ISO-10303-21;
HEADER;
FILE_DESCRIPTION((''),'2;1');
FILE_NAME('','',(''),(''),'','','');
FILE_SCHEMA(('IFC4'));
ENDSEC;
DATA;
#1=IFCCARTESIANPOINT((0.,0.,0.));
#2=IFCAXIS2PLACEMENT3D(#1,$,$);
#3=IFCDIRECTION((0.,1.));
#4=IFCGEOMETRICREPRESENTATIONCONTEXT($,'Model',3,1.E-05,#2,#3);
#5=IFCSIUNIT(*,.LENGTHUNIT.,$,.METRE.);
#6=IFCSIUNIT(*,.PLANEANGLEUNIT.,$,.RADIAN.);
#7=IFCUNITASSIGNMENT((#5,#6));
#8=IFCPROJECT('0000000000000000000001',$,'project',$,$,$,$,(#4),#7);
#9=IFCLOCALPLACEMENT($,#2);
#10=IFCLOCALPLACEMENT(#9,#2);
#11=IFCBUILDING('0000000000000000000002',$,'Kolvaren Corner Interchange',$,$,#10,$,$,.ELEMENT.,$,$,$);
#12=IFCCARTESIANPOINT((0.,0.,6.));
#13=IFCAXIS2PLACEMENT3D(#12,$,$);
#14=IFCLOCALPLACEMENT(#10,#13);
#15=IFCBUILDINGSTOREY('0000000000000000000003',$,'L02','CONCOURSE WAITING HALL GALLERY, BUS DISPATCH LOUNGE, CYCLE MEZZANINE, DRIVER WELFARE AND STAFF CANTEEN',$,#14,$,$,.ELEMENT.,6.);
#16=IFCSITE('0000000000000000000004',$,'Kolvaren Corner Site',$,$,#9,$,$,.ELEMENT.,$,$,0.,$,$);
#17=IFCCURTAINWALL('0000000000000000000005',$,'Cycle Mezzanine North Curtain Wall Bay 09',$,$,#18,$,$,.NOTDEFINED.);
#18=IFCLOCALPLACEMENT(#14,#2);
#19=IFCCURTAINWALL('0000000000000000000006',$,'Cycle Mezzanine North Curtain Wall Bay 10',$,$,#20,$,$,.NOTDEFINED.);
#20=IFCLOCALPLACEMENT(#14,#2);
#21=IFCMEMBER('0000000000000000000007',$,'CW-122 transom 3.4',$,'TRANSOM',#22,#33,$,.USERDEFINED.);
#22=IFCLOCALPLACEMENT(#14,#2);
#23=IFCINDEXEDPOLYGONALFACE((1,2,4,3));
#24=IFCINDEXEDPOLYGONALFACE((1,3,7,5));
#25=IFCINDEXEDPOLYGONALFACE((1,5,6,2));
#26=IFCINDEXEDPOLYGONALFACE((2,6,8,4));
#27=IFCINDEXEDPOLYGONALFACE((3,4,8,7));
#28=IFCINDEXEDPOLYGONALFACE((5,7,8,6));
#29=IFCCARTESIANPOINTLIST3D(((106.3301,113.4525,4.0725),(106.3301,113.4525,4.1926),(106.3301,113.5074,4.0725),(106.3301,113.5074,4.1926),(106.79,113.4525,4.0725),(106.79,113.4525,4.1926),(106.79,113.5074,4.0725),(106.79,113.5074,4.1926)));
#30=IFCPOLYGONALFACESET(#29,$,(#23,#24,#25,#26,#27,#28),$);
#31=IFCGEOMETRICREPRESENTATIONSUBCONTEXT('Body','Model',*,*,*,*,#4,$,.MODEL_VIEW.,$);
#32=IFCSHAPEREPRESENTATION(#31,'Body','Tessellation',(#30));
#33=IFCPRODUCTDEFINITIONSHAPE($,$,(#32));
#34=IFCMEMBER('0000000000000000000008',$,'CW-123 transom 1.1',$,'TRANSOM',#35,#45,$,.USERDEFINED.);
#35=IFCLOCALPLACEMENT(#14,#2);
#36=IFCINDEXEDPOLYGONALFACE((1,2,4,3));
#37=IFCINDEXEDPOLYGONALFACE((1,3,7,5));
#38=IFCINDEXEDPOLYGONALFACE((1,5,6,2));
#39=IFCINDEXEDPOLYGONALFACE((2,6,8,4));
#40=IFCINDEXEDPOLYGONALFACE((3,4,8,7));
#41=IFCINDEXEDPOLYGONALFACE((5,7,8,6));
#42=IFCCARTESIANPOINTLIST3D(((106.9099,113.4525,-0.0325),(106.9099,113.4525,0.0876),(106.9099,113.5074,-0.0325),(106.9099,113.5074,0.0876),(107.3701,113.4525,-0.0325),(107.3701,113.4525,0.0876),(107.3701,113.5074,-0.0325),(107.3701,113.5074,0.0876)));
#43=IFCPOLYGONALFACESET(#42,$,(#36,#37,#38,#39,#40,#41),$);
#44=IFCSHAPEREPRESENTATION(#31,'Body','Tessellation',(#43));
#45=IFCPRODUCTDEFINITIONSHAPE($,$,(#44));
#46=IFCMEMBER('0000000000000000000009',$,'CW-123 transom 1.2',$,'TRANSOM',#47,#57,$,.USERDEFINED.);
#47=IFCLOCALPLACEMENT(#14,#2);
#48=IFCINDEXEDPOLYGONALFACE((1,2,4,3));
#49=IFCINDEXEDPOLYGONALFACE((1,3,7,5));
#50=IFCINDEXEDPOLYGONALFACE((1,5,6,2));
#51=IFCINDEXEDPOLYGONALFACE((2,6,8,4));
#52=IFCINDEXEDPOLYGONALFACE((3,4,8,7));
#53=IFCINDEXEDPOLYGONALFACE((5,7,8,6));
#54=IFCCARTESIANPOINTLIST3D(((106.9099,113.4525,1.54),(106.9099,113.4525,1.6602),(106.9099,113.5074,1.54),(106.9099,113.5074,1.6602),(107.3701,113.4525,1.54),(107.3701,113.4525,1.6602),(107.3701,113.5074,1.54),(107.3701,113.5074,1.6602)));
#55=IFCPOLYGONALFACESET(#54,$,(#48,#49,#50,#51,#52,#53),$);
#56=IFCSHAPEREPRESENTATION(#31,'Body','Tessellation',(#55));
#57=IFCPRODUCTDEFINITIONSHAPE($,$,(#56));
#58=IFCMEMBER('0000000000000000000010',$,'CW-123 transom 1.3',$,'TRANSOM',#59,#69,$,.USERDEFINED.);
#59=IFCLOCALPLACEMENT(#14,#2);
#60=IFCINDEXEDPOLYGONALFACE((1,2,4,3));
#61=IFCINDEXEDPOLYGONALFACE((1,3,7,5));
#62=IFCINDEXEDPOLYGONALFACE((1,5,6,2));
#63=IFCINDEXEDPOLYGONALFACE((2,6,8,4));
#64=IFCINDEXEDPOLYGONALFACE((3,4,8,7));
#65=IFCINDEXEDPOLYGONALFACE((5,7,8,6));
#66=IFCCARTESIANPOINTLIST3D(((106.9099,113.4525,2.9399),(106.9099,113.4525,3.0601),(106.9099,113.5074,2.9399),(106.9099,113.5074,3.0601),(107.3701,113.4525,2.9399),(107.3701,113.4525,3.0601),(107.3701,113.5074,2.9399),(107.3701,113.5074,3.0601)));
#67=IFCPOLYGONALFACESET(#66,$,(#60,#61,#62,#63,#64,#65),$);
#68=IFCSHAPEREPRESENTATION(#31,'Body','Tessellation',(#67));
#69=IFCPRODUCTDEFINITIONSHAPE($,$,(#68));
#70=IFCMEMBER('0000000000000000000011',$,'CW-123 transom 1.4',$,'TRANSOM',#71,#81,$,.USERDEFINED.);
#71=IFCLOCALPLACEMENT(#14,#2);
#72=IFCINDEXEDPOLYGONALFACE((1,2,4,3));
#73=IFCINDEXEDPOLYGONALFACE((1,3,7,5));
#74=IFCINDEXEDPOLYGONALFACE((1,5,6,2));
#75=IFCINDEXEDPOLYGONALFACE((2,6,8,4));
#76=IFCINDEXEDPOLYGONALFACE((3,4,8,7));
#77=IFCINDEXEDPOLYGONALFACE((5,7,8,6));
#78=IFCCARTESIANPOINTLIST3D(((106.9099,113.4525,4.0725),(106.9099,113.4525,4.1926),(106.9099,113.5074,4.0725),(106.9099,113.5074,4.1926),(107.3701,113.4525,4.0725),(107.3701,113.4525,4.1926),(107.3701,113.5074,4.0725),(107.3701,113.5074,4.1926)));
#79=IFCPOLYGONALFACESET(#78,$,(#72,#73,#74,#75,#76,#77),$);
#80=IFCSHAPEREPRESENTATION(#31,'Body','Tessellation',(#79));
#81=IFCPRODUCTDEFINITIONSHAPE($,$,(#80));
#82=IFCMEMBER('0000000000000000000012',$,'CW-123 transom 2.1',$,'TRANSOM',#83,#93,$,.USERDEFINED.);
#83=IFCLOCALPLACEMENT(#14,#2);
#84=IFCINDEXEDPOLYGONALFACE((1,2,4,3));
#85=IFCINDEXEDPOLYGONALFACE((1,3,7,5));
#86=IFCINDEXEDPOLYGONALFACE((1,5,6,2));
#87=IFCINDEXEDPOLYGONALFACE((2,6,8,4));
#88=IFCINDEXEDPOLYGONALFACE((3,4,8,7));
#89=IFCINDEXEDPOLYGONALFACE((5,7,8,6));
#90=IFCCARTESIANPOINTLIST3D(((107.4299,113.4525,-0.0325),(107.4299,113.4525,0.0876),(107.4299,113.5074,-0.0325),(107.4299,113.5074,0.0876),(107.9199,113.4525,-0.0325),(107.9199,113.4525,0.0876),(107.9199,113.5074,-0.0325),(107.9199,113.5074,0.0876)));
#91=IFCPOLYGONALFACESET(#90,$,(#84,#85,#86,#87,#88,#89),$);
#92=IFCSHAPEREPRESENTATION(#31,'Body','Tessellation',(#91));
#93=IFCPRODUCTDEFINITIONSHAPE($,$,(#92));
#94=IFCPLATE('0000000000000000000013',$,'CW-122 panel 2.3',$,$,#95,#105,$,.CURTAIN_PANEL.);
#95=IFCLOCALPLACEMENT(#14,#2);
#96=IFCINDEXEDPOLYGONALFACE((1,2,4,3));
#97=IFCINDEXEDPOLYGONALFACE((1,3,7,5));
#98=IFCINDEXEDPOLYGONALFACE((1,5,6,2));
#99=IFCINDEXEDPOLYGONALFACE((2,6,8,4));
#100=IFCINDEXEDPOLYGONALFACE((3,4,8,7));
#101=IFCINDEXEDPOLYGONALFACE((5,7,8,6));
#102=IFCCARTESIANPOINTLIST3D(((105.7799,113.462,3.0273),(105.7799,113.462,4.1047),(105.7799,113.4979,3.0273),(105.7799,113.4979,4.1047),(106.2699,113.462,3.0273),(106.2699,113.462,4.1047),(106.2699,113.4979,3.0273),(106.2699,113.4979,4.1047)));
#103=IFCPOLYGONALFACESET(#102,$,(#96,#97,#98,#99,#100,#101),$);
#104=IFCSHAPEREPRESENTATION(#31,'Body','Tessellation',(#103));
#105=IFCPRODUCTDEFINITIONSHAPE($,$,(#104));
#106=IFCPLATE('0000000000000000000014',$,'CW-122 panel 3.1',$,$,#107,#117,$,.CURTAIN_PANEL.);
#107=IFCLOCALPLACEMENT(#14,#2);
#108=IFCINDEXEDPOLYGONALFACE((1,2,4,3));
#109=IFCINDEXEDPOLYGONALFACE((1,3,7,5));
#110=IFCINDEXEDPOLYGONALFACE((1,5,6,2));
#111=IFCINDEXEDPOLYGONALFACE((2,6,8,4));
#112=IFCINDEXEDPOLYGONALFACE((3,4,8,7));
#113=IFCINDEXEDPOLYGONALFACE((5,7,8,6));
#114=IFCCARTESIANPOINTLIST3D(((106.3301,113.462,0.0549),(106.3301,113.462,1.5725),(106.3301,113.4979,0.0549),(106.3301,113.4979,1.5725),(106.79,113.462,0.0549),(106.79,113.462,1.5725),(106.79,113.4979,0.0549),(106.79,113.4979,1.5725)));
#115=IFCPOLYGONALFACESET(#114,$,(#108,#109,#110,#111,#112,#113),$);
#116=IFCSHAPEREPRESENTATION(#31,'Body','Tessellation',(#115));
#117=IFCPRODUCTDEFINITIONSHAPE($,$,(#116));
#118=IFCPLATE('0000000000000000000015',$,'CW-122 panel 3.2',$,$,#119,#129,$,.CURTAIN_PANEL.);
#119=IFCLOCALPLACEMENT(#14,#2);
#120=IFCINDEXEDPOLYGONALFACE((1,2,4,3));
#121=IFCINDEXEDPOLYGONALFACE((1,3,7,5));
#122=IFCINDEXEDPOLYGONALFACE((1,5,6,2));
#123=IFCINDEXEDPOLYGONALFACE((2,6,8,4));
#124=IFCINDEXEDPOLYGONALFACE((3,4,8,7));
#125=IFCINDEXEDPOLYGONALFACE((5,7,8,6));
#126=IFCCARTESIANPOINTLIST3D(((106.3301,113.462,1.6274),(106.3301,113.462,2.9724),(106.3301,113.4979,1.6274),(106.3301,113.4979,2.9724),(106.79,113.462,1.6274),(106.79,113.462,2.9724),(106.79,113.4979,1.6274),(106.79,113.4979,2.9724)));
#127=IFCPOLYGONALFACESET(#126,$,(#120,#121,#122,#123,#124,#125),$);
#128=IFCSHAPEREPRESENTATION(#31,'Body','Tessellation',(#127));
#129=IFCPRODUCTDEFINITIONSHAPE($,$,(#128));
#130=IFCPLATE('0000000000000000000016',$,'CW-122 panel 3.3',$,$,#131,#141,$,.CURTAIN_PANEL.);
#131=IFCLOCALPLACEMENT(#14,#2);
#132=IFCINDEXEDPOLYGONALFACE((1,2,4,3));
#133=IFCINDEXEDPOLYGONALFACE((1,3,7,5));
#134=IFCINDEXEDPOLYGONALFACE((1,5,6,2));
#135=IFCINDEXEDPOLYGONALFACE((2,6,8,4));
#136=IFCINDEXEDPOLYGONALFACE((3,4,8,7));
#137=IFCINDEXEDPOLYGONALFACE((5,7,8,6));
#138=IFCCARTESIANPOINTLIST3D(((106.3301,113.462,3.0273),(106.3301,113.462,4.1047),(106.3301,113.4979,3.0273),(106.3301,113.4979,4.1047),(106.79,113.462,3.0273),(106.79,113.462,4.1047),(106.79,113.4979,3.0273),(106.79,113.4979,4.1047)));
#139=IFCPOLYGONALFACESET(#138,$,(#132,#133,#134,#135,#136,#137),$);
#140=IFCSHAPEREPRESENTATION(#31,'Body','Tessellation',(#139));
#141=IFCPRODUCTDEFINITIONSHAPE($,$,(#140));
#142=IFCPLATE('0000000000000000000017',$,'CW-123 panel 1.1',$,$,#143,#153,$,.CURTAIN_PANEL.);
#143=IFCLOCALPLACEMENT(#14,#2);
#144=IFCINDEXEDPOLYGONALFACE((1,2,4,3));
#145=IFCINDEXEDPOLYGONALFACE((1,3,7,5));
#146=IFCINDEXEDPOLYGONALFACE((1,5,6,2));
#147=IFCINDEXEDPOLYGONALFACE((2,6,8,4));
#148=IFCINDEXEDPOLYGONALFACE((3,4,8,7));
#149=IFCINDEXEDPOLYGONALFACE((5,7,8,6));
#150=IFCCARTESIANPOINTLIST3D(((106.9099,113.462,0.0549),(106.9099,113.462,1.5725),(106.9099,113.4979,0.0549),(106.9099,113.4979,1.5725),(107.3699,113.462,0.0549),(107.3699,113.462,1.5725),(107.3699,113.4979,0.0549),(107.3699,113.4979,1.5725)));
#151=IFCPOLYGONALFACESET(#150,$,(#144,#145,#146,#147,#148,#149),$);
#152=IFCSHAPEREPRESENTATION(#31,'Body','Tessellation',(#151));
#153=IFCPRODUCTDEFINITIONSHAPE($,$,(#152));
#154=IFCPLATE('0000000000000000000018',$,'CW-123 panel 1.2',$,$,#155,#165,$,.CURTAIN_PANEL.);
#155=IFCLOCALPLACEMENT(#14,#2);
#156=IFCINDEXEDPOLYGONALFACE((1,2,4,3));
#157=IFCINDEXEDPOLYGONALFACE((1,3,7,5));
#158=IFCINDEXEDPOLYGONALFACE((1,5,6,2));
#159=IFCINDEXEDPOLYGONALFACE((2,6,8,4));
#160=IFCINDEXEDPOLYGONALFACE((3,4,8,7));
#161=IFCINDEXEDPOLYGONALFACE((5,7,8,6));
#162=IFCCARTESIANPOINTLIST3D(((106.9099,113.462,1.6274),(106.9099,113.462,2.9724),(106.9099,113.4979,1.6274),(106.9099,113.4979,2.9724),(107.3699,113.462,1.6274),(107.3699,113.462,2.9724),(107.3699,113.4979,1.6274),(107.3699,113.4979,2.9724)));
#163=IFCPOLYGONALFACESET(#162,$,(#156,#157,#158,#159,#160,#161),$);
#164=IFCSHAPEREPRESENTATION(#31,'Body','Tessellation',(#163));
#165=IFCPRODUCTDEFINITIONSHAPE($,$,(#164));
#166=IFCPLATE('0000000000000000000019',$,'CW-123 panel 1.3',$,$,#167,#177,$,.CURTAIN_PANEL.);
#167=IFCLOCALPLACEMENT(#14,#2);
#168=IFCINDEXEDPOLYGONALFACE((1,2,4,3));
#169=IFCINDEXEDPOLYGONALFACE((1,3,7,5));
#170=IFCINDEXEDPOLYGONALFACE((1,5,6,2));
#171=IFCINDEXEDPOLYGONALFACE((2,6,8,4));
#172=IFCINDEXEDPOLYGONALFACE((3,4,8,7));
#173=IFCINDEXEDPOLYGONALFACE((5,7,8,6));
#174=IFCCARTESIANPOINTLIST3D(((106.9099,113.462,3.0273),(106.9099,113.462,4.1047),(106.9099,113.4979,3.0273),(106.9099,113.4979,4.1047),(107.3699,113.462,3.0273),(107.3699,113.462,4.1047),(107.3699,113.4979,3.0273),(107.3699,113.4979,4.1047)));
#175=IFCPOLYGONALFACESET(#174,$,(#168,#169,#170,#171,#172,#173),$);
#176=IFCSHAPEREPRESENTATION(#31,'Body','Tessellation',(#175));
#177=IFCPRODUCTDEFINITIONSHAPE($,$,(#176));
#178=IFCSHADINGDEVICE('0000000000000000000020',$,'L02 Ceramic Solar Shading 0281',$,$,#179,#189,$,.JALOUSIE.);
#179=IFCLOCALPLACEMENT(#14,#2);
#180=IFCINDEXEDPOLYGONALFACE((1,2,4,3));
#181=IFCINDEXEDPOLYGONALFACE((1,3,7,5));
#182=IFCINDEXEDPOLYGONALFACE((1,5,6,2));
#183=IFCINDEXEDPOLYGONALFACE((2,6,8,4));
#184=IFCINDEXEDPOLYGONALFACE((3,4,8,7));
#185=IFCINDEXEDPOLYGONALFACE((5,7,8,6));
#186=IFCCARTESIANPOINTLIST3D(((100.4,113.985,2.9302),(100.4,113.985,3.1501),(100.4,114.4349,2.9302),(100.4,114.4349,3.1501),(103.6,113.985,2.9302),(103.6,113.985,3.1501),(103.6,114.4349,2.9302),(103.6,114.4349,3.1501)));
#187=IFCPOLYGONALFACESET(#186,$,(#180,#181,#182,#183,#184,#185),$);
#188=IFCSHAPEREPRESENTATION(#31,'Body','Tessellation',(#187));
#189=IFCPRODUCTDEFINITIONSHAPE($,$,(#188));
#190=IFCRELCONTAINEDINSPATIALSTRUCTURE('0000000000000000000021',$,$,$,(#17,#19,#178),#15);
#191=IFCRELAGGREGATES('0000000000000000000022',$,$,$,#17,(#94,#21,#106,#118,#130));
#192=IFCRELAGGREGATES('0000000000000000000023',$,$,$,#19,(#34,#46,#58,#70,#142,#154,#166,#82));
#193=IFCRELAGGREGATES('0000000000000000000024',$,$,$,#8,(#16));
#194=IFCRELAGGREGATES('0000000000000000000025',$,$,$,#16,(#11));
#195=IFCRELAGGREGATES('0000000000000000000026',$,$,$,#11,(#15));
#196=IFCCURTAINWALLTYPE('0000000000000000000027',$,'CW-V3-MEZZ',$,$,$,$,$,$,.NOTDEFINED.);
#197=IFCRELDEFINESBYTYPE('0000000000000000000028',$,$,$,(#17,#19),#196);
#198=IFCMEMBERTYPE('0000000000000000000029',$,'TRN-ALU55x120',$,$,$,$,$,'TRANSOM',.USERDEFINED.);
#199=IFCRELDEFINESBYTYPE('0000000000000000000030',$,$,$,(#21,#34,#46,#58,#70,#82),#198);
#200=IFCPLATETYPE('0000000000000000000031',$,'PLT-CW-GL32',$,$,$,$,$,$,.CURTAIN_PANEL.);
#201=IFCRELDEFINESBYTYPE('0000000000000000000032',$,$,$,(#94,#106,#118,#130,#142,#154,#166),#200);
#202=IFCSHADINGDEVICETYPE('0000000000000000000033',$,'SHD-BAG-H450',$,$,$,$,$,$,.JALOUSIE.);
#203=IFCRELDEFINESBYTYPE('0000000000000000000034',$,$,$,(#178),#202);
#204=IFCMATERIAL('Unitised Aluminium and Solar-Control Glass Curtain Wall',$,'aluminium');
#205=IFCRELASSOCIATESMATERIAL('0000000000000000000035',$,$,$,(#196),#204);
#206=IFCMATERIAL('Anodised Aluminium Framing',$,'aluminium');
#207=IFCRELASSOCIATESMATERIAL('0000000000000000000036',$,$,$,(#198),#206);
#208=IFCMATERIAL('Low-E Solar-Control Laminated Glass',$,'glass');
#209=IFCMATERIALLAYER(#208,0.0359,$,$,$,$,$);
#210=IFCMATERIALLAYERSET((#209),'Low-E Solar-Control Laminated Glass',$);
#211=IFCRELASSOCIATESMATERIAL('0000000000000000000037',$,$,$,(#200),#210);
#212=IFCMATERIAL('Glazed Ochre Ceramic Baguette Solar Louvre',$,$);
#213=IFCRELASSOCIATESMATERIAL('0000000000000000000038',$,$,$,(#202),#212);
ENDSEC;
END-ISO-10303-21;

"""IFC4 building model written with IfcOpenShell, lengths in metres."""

from ifc_helpers import new_model, si_unit, direction, frame, origin, origin_2d, place, context, subcontext, project, spatial, rectangle, extrude, material, layer, layer_set, material_profile, profile_set, type_object, element, aggregate, save


model = new_model("IFC4")

# Units and contexts
model_context = context("Model", 3, precision=1e-05, world=origin(), true_north=direction((0.0, 1.0)))
body_context = subcontext(model_context, "Body", "Model", "MODEL_VIEW")
ifc_project = project(units=[si_unit("LENGTHUNIT", "METRE"), si_unit("PLANEANGLEUNIT", "RADIAN")], contexts=[model_context])

# Site, building, storey
site_placement = place(None, origin())
site = spatial("IfcSite", under=ifc_project, at=site_placement, Name="Kolvaren Corner Site", CompositionType="ELEMENT", RefElevation=0.0)
building_placement = place(site_placement, origin())
building = spatial("IfcBuilding", under=site, at=building_placement, Name="Kolvaren Corner Interchange", CompositionType="ELEMENT")
storey_placement = place(building_placement, frame((0.0, 0.0, 6.0)))
storey = spatial("IfcBuildingStorey", under=building, at=storey_placement, Name="L02", Description="CONCOURSE WAITING HALL GALLERY, BUS DISPATCH LOUNGE, CYCLE MEZZANINE, DRIVER WELFARE AND STAFF CANTEEN", CompositionType="ELEMENT", Elevation=6.0)

# Curtain walls
ifc_material_1 = material(Name="Unitised Aluminium and Solar-Control Glass Curtain Wall", Category="aluminium")
curtain_wall_type = type_object("IfcCurtainWallType", Name="CW-V3-MEZZ", PredefinedType="NOTDEFINED", material=ifc_material_1)
curtain_wall_1_placement = place(storey_placement, origin())
curtain_wall_1 = element("IfcCurtainWall", 1, at=curtain_wall_1_placement, inside=storey, type_object=curtain_wall_type, Name="Cycle Mezzanine North Curtain Wall Bay 09", PredefinedType="NOTDEFINED")
curtain_wall_2_placement = place(storey_placement, origin())
curtain_wall_2 = element("IfcCurtainWall", 2, at=curtain_wall_2_placement, inside=storey, type_object=curtain_wall_type, Name="Cycle Mezzanine North Curtain Wall Bay 10", PredefinedType="NOTDEFINED")

# Members
ifc_material_2 = material(Name="Anodised Aluminium Framing", Category="aluminium")
ifc_material_profile_1 = material_profile(ifc_material_2, rectangle(XDim=0.0549, YDim=0.1201, at=origin_2d()), Name="ALU 55x120")
ifc_profile_set_1 = profile_set([ifc_material_profile_1], Name="Anodised Aluminium Framing")
member_type_1 = type_object("IfcMemberType", Name="TRN-ALU55x120", ElementType="TRANSOM", PredefinedType="USERDEFINED", material=ifc_profile_set_1)
member_1_placement = place(storey_placement, frame((106.3301, 113.48, 4.1326), z_axis=(1.0, 0.0, 0.0), x_axis=(0.0, 1.0, 0.0)))
member_1 = element("IfcMember", 3, at=member_1_placement, type_object=member_type_1, Name="CW-122 transom 3.4", ObjectType="TRANSOM", PredefinedType="USERDEFINED", context=body_context, shape_type="SweptSolid", body=[
    extrude(rectangle(XDim=0.0549, YDim=0.1201, at=origin_2d()), origin(), (0.0, 0.0, 1.0), 0.46),
])
member_2_placement = place(storey_placement, frame((106.9099, 113.48, 0.0276), z_axis=(1.0, 0.0, 0.0), x_axis=(0.0, 1.0, 0.0)))
member_2 = element("IfcMember", 4, at=member_2_placement, type_object=member_type_1, Name="CW-123 transom 1.1", ObjectType="TRANSOM", PredefinedType="USERDEFINED", context=body_context, shape_type="SweptSolid", body=[
    extrude(rectangle(XDim=0.0549, YDim=0.1201, at=origin_2d()), origin(), (0.0, 0.0, 1.0), 0.4602),
])
member_3_placement = place(storey_placement, frame((106.9099, 113.48, 1.6001), z_axis=(1.0, 0.0, 0.0), x_axis=(0.0, 1.0, 0.0)))
member_3 = element("IfcMember", 5, at=member_3_placement, type_object=member_type_1, Name="CW-123 transom 1.2", ObjectType="TRANSOM", PredefinedType="USERDEFINED", context=body_context, shape_type="SweptSolid", body=[
    extrude(rectangle(XDim=0.0549, YDim=0.1201, at=origin_2d()), origin(), (0.0, 0.0, 1.0), 0.4602),
])
member_4_placement = place(storey_placement, frame((106.9099, 113.48, 3.0), z_axis=(1.0, 0.0, 0.0), x_axis=(0.0, 1.0, 0.0)))
member_4 = element("IfcMember", 6, at=member_4_placement, type_object=member_type_1, Name="CW-123 transom 1.3", ObjectType="TRANSOM", PredefinedType="USERDEFINED", context=body_context, shape_type="SweptSolid", body=[
    extrude(rectangle(XDim=0.0549, YDim=0.1201, at=origin_2d()), origin(), (0.0, 0.0, 1.0), 0.4602),
])
member_5_placement = place(storey_placement, frame((106.9099, 113.48, 4.1326), z_axis=(1.0, 0.0, 0.0), x_axis=(0.0, 1.0, 0.0)))
member_5 = element("IfcMember", 7, at=member_5_placement, type_object=member_type_1, Name="CW-123 transom 1.4", ObjectType="TRANSOM", PredefinedType="USERDEFINED", context=body_context, shape_type="SweptSolid", body=[
    extrude(rectangle(XDim=0.0549, YDim=0.1201, at=origin_2d()), origin(), (0.0, 0.0, 1.0), 0.4602),
])
member_6_placement = place(storey_placement, frame((107.4299, 113.48, 0.0276), z_axis=(1.0, 0.0, 0.0), x_axis=(0.0, 1.0, 0.0)))
member_6 = element("IfcMember", 8, at=member_6_placement, type_object=member_type_1, Name="CW-123 transom 2.1", ObjectType="TRANSOM", PredefinedType="USERDEFINED", context=body_context, shape_type="SweptSolid", body=[
    extrude(rectangle(XDim=0.0549, YDim=0.1201, at=origin_2d()), origin(), (0.0, 0.0, 1.0), 0.49),
])

# Plates
ifc_material_3 = material(Name="Low-E Solar-Control Laminated Glass", Category="glass")
ifc_layer = layer(ifc_material_3, 0.0359)
ifc_layer_set = layer_set([ifc_layer], Name="Low-E Solar-Control Laminated Glass")
plate_type = type_object("IfcPlateType", Name="PLT-CW-GL32", PredefinedType="CURTAIN_PANEL", material=ifc_layer_set)
plate_1_placement = place(storey_placement, frame((106.0249, 113.48, 3.0273), z_axis=(0.0, 0.0, 1.0), x_axis=(1.0, 0.0, 0.0)))
plate_1 = element("IfcPlate", 9, at=plate_1_placement, type_object=plate_type, Name="CW-122 panel 2.3", PredefinedType="CURTAIN_PANEL", context=body_context, shape_type="SweptSolid", body=[
    extrude(rectangle(XDim=0.49, YDim=0.0359, at=origin_2d()), origin(), (0.0, 0.0, 1.0), 1.0774),
])
plate_2_placement = place(storey_placement, frame((106.5601, 113.48, 0.0549), z_axis=(0.0, 0.0, 1.0), x_axis=(1.0, 0.0, 0.0)))
plate_2 = element("IfcPlate", 10, at=plate_2_placement, type_object=plate_type, Name="CW-122 panel 3.1", PredefinedType="CURTAIN_PANEL", context=body_context, shape_type="SweptSolid", body=[
    extrude(rectangle(XDim=0.46, YDim=0.0359, at=origin_2d()), origin(), (0.0, 0.0, 1.0), 1.5176),
])
plate_3_placement = place(storey_placement, frame((106.5601, 113.48, 1.6274), z_axis=(0.0, 0.0, 1.0), x_axis=(1.0, 0.0, 0.0)))
plate_3 = element("IfcPlate", 11, at=plate_3_placement, type_object=plate_type, Name="CW-122 panel 3.2", PredefinedType="CURTAIN_PANEL", context=body_context, shape_type="SweptSolid", body=[
    extrude(rectangle(XDim=0.46, YDim=0.0359, at=origin_2d()), origin(), (0.0, 0.0, 1.0), 1.345),
])
plate_4_placement = place(storey_placement, frame((106.5601, 113.48, 3.0273), z_axis=(0.0, 0.0, 1.0), x_axis=(1.0, 0.0, 0.0)))
plate_4 = element("IfcPlate", 12, at=plate_4_placement, type_object=plate_type, Name="CW-122 panel 3.3", PredefinedType="CURTAIN_PANEL", context=body_context, shape_type="SweptSolid", body=[
    extrude(rectangle(XDim=0.46, YDim=0.0359, at=origin_2d()), origin(), (0.0, 0.0, 1.0), 1.0774),
])
aggregate(curtain_wall_1, [plate_1, member_1, plate_2, plate_3, plate_4])
plate_5_placement = place(storey_placement, frame((107.1399, 113.48, 0.0549), z_axis=(0.0, 0.0, 1.0), x_axis=(1.0, 0.0, 0.0)))
plate_5 = element("IfcPlate", 13, at=plate_5_placement, type_object=plate_type, Name="CW-123 panel 1.1", PredefinedType="CURTAIN_PANEL", context=body_context, shape_type="SweptSolid", body=[
    extrude(rectangle(XDim=0.46, YDim=0.0359, at=origin_2d()), origin(), (0.0, 0.0, 1.0), 1.5176),
])
plate_6_placement = place(storey_placement, frame((107.1399, 113.48, 1.6274), z_axis=(0.0, 0.0, 1.0), x_axis=(1.0, 0.0, 0.0)))
plate_6 = element("IfcPlate", 14, at=plate_6_placement, type_object=plate_type, Name="CW-123 panel 1.2", PredefinedType="CURTAIN_PANEL", context=body_context, shape_type="SweptSolid", body=[
    extrude(rectangle(XDim=0.46, YDim=0.0359, at=origin_2d()), origin(), (0.0, 0.0, 1.0), 1.345),
])
plate_7_placement = place(storey_placement, frame((107.1399, 113.48, 3.0273), z_axis=(0.0, 0.0, 1.0), x_axis=(1.0, 0.0, 0.0)))
plate_7 = element("IfcPlate", 15, at=plate_7_placement, type_object=plate_type, Name="CW-123 panel 1.3", PredefinedType="CURTAIN_PANEL", context=body_context, shape_type="SweptSolid", body=[
    extrude(rectangle(XDim=0.46, YDim=0.0359, at=origin_2d()), origin(), (0.0, 0.0, 1.0), 1.0774),
])
aggregate(curtain_wall_2, [member_2, member_3, member_4, member_5, plate_5, plate_6, plate_7, member_6])

# Shading device
ifc_material_4 = material(Name="Glazed Ochre Ceramic Baguette Solar Louvre")
shading_device_type = type_object("IfcShadingDeviceType", Name="SHD-BAG-H450", PredefinedType="JALOUSIE", material=ifc_material_4)
shading_device_placement = place(storey_placement, frame((102.0, 114.21, 2.9302), z_axis=(0.0, 0.0, 1.0), x_axis=(-1.0, 0.0, 0.0)))
element("IfcShadingDevice", 16, at=shading_device_placement, inside=storey, type_object=shading_device_type, Name="L02 Ceramic Solar Shading 0281", PredefinedType="JALOUSIE", context=body_context, shape_type="SweptSolid", body=[
    extrude(rectangle(XDim=3.2, YDim=0.45, at=origin_2d()), origin(), (0.0, 0.0, 1.0), 0.22),
])

save(model, "model.ifc")
